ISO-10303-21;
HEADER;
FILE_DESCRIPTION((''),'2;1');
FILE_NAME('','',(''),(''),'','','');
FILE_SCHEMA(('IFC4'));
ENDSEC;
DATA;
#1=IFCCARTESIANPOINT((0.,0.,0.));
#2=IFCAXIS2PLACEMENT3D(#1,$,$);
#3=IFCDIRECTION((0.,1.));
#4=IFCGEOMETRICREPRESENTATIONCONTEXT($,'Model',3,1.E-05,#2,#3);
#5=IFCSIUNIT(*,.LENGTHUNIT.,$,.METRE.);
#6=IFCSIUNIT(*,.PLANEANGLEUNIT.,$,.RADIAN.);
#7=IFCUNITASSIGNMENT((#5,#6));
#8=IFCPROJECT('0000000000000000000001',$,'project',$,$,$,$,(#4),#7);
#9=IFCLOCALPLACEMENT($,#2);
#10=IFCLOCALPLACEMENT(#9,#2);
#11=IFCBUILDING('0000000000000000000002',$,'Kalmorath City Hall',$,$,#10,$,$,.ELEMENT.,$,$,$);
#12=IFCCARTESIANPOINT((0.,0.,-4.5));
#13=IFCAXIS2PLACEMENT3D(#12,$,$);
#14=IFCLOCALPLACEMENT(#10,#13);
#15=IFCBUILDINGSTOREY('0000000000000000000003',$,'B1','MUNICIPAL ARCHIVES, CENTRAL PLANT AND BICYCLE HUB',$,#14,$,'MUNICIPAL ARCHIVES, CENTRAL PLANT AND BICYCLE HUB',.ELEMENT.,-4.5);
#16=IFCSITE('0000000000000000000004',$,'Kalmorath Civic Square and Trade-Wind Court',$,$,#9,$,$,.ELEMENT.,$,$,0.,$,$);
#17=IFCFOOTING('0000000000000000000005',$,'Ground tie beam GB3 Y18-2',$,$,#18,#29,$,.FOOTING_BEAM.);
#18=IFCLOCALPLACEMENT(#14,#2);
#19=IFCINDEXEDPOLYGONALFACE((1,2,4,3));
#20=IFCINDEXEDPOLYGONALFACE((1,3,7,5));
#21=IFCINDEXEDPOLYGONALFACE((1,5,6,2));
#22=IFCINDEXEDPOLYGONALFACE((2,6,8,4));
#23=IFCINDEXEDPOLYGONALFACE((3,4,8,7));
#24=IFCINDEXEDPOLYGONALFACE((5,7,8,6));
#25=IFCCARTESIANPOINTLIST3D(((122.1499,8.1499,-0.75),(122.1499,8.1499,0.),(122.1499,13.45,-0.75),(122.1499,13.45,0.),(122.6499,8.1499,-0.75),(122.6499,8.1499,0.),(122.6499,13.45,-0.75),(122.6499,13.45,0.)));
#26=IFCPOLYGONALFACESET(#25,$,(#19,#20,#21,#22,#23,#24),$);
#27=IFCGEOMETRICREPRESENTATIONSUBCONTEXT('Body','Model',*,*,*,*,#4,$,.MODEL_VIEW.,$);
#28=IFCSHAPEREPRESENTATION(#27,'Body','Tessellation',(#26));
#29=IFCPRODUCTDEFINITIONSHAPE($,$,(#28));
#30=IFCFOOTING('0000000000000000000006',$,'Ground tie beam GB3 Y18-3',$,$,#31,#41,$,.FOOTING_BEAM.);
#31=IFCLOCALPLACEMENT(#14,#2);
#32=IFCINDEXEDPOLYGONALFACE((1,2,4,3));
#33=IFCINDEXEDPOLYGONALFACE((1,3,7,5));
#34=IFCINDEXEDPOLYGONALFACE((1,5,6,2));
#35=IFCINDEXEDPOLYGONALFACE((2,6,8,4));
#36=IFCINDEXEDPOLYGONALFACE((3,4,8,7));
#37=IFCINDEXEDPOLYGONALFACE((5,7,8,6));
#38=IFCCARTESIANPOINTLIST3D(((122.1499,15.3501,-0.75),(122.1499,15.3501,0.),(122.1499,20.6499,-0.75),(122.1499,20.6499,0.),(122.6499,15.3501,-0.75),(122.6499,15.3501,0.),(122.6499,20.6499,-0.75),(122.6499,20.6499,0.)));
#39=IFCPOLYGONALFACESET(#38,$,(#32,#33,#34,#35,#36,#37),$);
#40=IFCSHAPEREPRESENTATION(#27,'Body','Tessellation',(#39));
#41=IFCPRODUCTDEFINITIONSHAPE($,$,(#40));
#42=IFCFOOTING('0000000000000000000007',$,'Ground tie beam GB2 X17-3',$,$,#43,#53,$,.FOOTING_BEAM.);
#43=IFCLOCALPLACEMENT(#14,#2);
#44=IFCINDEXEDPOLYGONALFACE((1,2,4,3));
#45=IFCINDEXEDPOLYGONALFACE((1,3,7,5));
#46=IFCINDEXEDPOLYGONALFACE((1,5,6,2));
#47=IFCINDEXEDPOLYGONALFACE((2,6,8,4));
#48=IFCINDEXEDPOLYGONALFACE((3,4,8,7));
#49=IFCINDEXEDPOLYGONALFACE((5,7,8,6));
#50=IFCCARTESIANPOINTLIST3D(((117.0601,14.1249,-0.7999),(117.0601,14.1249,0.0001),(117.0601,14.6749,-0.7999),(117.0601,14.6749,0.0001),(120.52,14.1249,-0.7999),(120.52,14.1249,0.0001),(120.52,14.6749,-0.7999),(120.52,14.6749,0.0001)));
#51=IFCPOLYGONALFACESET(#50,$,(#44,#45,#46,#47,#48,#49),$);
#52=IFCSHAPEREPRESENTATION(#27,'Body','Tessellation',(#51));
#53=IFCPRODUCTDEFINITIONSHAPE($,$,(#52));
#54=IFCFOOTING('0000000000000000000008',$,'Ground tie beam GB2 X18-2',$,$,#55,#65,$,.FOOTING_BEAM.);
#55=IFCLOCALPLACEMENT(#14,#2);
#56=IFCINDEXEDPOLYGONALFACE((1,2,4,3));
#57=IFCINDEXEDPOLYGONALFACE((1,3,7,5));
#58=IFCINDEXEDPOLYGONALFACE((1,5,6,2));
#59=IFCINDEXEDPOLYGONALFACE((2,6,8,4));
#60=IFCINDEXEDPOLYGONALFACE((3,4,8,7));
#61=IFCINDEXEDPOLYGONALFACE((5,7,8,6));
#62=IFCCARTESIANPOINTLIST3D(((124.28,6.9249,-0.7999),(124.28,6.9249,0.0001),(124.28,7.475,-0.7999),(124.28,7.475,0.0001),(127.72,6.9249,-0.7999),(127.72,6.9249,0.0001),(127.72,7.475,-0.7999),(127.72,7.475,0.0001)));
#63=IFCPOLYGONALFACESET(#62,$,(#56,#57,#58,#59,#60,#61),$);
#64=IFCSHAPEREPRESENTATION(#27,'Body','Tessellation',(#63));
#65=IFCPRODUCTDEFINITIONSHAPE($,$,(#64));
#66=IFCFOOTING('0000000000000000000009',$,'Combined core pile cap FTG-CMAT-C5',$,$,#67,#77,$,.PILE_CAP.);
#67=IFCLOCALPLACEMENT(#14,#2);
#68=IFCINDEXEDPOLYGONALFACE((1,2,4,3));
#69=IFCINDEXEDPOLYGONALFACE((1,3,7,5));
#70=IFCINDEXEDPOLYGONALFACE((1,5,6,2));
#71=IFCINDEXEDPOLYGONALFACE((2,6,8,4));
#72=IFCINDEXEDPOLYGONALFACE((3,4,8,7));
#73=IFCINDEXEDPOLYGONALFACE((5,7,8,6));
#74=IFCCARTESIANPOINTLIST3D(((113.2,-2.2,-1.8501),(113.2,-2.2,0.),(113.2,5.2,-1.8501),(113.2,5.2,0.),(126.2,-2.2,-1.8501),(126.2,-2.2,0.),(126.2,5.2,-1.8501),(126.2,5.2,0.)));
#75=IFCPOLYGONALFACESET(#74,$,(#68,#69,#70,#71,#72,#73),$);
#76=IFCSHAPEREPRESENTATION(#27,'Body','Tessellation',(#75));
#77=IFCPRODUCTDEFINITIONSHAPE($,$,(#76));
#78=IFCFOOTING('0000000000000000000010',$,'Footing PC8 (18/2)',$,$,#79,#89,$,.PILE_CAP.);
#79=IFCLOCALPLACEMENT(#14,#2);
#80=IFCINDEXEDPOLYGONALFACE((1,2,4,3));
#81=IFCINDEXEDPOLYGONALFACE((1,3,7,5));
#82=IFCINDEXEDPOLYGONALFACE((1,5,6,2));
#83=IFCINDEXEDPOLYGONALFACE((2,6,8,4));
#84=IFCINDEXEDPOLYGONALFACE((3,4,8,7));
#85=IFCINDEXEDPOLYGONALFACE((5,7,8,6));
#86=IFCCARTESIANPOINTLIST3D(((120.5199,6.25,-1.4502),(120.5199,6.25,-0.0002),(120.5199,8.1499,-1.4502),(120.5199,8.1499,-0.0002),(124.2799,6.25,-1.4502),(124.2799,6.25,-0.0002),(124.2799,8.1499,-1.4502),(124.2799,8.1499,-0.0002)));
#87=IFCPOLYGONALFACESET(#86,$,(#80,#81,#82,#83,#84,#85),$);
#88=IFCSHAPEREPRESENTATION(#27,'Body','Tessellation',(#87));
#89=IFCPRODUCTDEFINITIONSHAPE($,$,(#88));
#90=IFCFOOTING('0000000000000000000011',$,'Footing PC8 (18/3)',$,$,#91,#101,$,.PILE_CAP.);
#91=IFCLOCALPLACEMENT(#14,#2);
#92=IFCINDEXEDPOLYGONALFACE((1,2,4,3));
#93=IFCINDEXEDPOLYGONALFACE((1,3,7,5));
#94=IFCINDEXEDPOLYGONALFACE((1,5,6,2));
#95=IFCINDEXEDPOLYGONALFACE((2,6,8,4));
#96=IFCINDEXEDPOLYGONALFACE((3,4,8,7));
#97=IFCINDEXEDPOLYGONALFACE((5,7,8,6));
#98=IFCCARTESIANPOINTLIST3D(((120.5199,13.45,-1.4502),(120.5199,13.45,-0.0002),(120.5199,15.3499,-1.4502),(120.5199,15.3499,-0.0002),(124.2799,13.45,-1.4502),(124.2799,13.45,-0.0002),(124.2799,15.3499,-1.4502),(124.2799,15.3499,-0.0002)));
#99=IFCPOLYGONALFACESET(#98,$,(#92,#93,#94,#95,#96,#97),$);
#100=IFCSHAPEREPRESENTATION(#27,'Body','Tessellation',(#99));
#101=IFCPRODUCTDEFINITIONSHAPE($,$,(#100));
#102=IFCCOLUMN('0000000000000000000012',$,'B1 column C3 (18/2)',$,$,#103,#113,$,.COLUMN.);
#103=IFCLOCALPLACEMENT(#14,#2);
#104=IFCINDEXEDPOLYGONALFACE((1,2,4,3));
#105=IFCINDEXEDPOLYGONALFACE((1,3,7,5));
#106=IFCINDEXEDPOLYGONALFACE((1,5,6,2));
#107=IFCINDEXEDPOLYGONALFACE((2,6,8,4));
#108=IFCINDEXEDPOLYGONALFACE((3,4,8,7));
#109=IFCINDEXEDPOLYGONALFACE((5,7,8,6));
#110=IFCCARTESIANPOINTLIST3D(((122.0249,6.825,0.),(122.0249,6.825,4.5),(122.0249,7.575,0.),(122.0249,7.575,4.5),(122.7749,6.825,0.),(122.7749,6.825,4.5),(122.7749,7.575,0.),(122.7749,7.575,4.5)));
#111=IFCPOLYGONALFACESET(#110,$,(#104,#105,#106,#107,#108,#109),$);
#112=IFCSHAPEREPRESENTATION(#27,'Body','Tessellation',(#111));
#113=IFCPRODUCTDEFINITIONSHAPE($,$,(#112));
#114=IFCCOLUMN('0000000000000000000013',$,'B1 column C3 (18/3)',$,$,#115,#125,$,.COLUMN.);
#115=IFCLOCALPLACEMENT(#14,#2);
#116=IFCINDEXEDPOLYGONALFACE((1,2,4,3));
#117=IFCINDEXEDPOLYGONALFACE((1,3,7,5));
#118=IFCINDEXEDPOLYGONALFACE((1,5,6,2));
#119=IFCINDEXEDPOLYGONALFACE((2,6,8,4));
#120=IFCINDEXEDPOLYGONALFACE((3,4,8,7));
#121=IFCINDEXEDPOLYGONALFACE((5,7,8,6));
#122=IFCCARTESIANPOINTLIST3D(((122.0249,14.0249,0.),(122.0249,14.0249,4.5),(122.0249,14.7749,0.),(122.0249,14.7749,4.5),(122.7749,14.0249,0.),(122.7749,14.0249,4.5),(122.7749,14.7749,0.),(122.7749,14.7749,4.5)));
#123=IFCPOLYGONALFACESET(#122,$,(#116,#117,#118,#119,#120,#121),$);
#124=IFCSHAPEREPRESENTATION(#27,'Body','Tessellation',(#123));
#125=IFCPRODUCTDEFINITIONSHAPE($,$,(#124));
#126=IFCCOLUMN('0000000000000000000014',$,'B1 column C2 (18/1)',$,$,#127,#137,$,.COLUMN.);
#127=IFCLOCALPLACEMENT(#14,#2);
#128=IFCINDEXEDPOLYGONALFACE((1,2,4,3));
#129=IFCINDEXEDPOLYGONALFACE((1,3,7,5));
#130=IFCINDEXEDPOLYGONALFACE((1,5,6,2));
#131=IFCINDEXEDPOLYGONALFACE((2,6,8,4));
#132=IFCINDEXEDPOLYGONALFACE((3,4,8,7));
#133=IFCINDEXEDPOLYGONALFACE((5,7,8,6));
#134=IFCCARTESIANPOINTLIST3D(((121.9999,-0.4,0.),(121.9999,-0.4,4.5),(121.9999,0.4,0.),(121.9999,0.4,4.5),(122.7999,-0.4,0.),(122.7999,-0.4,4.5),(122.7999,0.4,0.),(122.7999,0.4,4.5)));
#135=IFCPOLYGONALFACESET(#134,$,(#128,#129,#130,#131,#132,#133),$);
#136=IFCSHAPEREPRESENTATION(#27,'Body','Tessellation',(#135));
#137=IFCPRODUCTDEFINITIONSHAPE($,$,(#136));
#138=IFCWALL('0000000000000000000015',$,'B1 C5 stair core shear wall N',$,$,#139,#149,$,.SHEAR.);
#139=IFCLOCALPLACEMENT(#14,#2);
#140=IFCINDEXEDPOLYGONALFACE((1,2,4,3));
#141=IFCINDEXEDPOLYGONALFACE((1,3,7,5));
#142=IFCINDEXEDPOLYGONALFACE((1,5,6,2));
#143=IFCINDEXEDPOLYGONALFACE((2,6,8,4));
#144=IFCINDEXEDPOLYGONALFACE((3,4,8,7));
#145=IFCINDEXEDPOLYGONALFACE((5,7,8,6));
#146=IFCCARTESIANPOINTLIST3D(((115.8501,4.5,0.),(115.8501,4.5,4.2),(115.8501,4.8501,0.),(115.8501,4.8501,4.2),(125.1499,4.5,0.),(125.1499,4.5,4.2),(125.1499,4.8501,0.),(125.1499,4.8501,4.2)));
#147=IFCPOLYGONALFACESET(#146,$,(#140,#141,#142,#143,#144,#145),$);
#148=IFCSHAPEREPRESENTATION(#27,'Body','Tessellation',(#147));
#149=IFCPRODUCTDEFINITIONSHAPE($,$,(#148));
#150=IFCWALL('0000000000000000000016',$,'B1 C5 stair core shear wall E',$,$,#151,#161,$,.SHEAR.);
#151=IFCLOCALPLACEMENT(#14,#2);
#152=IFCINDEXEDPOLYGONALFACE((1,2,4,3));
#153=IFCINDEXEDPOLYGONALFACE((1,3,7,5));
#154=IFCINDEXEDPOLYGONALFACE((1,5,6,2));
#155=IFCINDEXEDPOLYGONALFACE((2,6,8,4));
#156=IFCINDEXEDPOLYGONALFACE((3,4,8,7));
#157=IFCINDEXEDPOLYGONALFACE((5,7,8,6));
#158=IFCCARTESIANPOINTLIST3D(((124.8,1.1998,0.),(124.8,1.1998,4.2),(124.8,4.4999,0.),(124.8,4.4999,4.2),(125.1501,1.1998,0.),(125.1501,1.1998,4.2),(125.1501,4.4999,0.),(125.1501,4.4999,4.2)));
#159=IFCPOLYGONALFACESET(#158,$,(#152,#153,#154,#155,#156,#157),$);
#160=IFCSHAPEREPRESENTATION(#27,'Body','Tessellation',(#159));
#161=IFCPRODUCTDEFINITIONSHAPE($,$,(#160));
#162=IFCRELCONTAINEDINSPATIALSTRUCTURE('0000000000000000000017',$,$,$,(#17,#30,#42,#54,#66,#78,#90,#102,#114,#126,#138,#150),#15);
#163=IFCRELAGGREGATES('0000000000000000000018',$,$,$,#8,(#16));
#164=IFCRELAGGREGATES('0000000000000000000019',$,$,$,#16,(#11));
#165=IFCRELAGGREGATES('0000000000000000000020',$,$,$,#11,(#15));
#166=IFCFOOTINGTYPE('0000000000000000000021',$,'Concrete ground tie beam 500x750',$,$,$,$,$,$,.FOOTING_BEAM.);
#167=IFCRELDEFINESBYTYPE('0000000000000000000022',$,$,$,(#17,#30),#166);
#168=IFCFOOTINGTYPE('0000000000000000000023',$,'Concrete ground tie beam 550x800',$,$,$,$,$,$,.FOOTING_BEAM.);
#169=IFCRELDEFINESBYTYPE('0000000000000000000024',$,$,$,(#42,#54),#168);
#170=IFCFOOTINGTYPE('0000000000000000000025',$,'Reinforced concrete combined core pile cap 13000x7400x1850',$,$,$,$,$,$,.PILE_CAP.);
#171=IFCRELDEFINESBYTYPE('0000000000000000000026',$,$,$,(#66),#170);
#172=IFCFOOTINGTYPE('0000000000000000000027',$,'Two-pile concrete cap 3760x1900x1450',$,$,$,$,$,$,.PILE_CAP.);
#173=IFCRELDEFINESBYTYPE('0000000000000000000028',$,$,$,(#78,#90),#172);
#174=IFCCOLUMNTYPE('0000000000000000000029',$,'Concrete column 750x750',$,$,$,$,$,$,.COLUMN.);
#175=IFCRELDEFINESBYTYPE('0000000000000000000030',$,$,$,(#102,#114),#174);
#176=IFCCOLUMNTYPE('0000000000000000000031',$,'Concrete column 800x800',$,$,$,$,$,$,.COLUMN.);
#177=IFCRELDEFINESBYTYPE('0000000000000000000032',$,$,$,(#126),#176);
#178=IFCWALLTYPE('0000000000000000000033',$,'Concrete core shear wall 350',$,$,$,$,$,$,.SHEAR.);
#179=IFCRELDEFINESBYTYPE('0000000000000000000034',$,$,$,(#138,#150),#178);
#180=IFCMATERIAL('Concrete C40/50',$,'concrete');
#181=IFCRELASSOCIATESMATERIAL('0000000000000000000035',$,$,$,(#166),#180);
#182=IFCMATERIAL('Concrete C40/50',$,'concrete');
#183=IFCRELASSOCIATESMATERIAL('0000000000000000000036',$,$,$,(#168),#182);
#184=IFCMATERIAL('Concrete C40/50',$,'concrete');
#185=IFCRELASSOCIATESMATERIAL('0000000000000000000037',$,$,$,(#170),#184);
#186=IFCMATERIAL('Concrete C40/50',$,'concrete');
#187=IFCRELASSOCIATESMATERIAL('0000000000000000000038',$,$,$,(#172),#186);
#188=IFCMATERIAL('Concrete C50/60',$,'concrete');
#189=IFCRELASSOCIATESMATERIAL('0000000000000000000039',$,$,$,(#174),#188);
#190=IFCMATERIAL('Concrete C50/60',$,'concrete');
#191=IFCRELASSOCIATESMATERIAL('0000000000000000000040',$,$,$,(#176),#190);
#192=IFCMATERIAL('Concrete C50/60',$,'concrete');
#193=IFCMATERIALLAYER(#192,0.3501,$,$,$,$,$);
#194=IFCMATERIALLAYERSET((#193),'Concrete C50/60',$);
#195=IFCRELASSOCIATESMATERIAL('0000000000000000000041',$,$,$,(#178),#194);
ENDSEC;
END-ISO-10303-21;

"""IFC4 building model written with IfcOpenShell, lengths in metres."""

from ifc_helpers import new_model, si_unit, direction, frame, frame_2d, origin, origin_2d, place, context, subcontext, project, spatial, rectangle, extrude, material, layer, layer_set, material_profile, profile_set, type_object, element, save


model = new_model("IFC4")

# Units and contexts
model_context = context("Model", 3, precision=1e-05, world=origin(), true_north=direction((0.0, 1.0)))
body_context = subcontext(model_context, "Body", "Model", "MODEL_VIEW")
ifc_project = project(units=[si_unit("LENGTHUNIT", "METRE"), si_unit("PLANEANGLEUNIT", "RADIAN")], contexts=[model_context])

# Site, building, storey
site_placement = place(None, origin())
site = spatial("IfcSite", under=ifc_project, at=site_placement, Name="Kalmorath Civic Square and Trade-Wind Court", CompositionType="ELEMENT", RefElevation=0.0)
building_placement = place(site_placement, origin())
building = spatial("IfcBuilding", under=site, at=building_placement, Name="Kalmorath City Hall", CompositionType="ELEMENT")
storey_placement = place(building_placement, frame((0.0, 0.0, -4.5)))
storey = spatial("IfcBuildingStorey", under=building, at=storey_placement, Name="B1", Description="MUNICIPAL ARCHIVES, CENTRAL PLANT AND BICYCLE HUB", LongName="MUNICIPAL ARCHIVES, CENTRAL PLANT AND BICYCLE HUB", CompositionType="ELEMENT", Elevation=-4.5)

# Footings
ifc_material_1 = material(Name="Concrete C40/50", Category="concrete")
ifc_material_profile_1 = material_profile(ifc_material_1, rectangle(XDim=0.5, YDim=0.75, at=origin_2d()), Name="RC-BM-500X750")
ifc_profile_set_1 = profile_set([ifc_material_profile_1], Name="Concrete C40/50")
footing_type_1 = type_object("IfcFootingType", Name="Concrete ground tie beam 500x750", PredefinedType="FOOTING_BEAM", material=ifc_profile_set_1)
footing_1_placement = place(storey_placement, frame((122.3999, 8.1499, -0.375), z_axis=(0.0, 1.0, 0.0), x_axis=(-1.0, 0.0, 0.0)))
element("IfcFooting", 1, at=footing_1_placement, inside=storey, type_object=footing_type_1, Name="Ground tie beam GB3 Y18-2", PredefinedType="FOOTING_BEAM", context=body_context, shape_type="SweptSolid", body=[
    extrude(rectangle(XDim=0.5, YDim=0.75, at=origin_2d()), origin(), (0.0, 0.0, 1.0), 5.3),
])
footing_2_placement = place(storey_placement, frame((122.3999, 15.3501, -0.375), z_axis=(0.0, 1.0, 0.0), x_axis=(-1.0, 0.0, 0.0)))
element("IfcFooting", 2, at=footing_2_placement, inside=storey, type_object=footing_type_1, Name="Ground tie beam GB3 Y18-3", PredefinedType="FOOTING_BEAM", context=body_context, shape_type="SweptSolid", body=[
    extrude(rectangle(XDim=0.5, YDim=0.75, at=origin_2d()), origin(), (0.0, 0.0, 1.0), 5.2998),
])
ifc_material_2 = material(Name="Concrete C40/50", Category="concrete")
ifc_material_profile_2 = material_profile(ifc_material_2, rectangle(XDim=0.55, YDim=0.8, at=origin_2d()), Name="RC-BM-550X800")
ifc_profile_set_2 = profile_set([ifc_material_profile_2], Name="Concrete C40/50")
footing_type_2 = type_object("IfcFootingType", Name="Concrete ground tie beam 550x800", PredefinedType="FOOTING_BEAM", material=ifc_profile_set_2)
footing_3_placement = place(storey_placement, frame((117.0601, 14.3999, -0.3999), z_axis=(1.0, 0.0, 0.0), x_axis=(0.0, 1.0, 0.0)))
element("IfcFooting", 3, at=footing_3_placement, inside=storey, type_object=footing_type_2, Name="Ground tie beam GB2 X17-3", PredefinedType="FOOTING_BEAM", context=body_context, shape_type="SweptSolid", body=[
    extrude(rectangle(XDim=0.55, YDim=0.8, at=origin_2d()), origin(), (0.0, 0.0, 1.0), 3.46),
])
footing_4_placement = place(storey_placement, frame((124.28, 7.2, -0.3999), z_axis=(1.0, 0.0, 0.0), x_axis=(0.0, 1.0, 0.0)))
element("IfcFooting", 4, at=footing_4_placement, inside=storey, type_object=footing_type_2, Name="Ground tie beam GB2 X18-2", PredefinedType="FOOTING_BEAM", context=body_context, shape_type="SweptSolid", body=[
    extrude(rectangle(XDim=0.55, YDim=0.8, at=origin_2d()), origin(), (0.0, 0.0, 1.0), 3.4399),
])
ifc_material_3 = material(Name="Concrete C40/50", Category="concrete")
footing_type_3 = type_object("IfcFootingType", Name="Reinforced concrete combined core pile cap 13000x7400x1850", PredefinedType="PILE_CAP", material=ifc_material_3)
footing_5_placement = place(storey_placement, frame((119.7, 1.5, -1.8501), z_axis=(0.0, 0.0, 1.0), x_axis=(1.0, 0.0, 0.0)))
element("IfcFooting", 5, at=footing_5_placement, inside=storey, type_object=footing_type_3, Name="Combined core pile cap FTG-CMAT-C5", PredefinedType="PILE_CAP", context=body_context, shape_type="SweptSolid", body=[
    extrude(rectangle(XDim=13.0, YDim=7.3999, at=origin_2d()), origin(), (0.0, 0.0, 1.0), 1.8501),
])
ifc_material_4 = material(Name="Concrete C40/50", Category="concrete")
footing_type_4 = type_object("IfcFootingType", Name="Two-pile concrete cap 3760x1900x1450", PredefinedType="PILE_CAP", material=ifc_material_4)
for number, where, z_axis, x_axis, name in (
    (6, (122.3999, 7.2, -1.4502), (0.0, 0.0, 1.0), (1.0, 0.0, 0.0), "Footing PC8 (18/2)"),
    (7, (122.3999, 14.3999, -1.4502), (0.0, 0.0, 1.0), (1.0, 0.0, 0.0), "Footing PC8 (18/3)"),
):
    element("IfcFooting", number, at=place(storey_placement, frame(where, z_axis=z_axis, x_axis=x_axis)), inside=storey, type_object=footing_type_4, Name=name, PredefinedType="PILE_CAP", context=body_context, shape_type="SweptSolid", body=[
        extrude(rectangle(XDim=3.76, YDim=1.8999, at=origin_2d()), origin(), (0.0, 0.0, 1.0), 1.45),
    ])

# Columns
ifc_material_5 = material(Name="Concrete C50/60", Category="concrete")
ifc_material_profile_3 = material_profile(ifc_material_5, rectangle(XDim=0.75, YDim=0.75, at=origin_2d()), Name="RC-COL-750X750")
ifc_profile_set_3 = profile_set([ifc_material_profile_3], Name="Concrete C50/60")
column_type_1 = type_object("IfcColumnType", Name="Concrete column 750x750", PredefinedType="COLUMN", material=ifc_profile_set_3)
for number, where, z_axis, x_axis, name in (
    (8, (122.3999, 7.2, 0.0), (0.0, 0.0, 1.0), (1.0, 0.0, 0.0), "B1 column C3 (18/2)"),
    (9, (122.3999, 14.3999, 0.0), (0.0, 0.0, 1.0), (1.0, 0.0, 0.0), "B1 column C3 (18/3)"),
):
    element("IfcColumn", number, at=place(storey_placement, frame(where, z_axis=z_axis, x_axis=x_axis)), inside=storey, type_object=column_type_1, Name=name, PredefinedType="COLUMN", context=body_context, shape_type="SweptSolid", body=[
        extrude(rectangle(XDim=0.75, YDim=0.75, at=origin_2d()), origin(), (0.0, 0.0, 1.0), 4.5),
    ])
ifc_material_6 = material(Name="Concrete C50/60", Category="concrete")
ifc_material_profile_4 = material_profile(ifc_material_6, rectangle(XDim=0.8, YDim=0.8, at=origin_2d()), Name="RC-COL-800X800")
ifc_profile_set_4 = profile_set([ifc_material_profile_4], Name="Concrete C50/60")
column_type_2 = type_object("IfcColumnType", Name="Concrete column 800x800", PredefinedType="COLUMN", material=ifc_profile_set_4)
column_placement = place(storey_placement, frame((122.3999, 0.0, 0.0), z_axis=(0.0, 0.0, 1.0), x_axis=(1.0, 0.0, 0.0)))
element("IfcColumn", 10, at=column_placement, inside=storey, type_object=column_type_2, Name="B1 column C2 (18/1)", PredefinedType="COLUMN", context=body_context, shape_type="SweptSolid", body=[
    extrude(rectangle(XDim=0.8, YDim=0.8, at=origin_2d()), origin(), (0.0, 0.0, 1.0), 4.5),
])

# Walls
ifc_material_7 = material(Name="Concrete C50/60", Category="concrete")
ifc_layer = layer(ifc_material_7, 0.3501)
ifc_layer_set = layer_set([ifc_layer], Name="Concrete C50/60")
wall_type = type_object("IfcWallType", Name="Concrete core shear wall 350", PredefinedType="SHEAR", material=ifc_layer_set)
wall_1_placement = place(storey_placement, frame((125.1499, 4.675, 0.0), z_axis=(0.0, 0.0, 1.0), x_axis=(-1.0, 0.0, 0.0)))
element("IfcWall", 11, at=wall_1_placement, inside=storey, type_object=wall_type, Name="B1 C5 stair core shear wall N", PredefinedType="SHEAR", context=body_context, shape_type="SweptSolid", body=[
    extrude(rectangle(XDim=9.2998, YDim=0.3501, at=frame_2d((4.6499, 0.0))), origin(), (0.0, 0.0, 1.0), 4.2),
])
wall_2_placement = place(storey_placement, frame((124.9751, 1.2, 0.0), z_axis=(0.0, 0.0, 1.0), x_axis=(0.0, 1.0, 0.0)))
element("IfcWall", 12, at=wall_2_placement, inside=storey, type_object=wall_type, Name="B1 C5 stair core shear wall E", PredefinedType="SHEAR", context=body_context, shape_type="SweptSolid", body=[
    extrude(rectangle(XDim=3.3, YDim=0.3501, at=frame_2d((1.6499, 0.0))), origin(), (0.0, 0.0, 1.0), 4.2),
])

save(model, "model.ifc")
